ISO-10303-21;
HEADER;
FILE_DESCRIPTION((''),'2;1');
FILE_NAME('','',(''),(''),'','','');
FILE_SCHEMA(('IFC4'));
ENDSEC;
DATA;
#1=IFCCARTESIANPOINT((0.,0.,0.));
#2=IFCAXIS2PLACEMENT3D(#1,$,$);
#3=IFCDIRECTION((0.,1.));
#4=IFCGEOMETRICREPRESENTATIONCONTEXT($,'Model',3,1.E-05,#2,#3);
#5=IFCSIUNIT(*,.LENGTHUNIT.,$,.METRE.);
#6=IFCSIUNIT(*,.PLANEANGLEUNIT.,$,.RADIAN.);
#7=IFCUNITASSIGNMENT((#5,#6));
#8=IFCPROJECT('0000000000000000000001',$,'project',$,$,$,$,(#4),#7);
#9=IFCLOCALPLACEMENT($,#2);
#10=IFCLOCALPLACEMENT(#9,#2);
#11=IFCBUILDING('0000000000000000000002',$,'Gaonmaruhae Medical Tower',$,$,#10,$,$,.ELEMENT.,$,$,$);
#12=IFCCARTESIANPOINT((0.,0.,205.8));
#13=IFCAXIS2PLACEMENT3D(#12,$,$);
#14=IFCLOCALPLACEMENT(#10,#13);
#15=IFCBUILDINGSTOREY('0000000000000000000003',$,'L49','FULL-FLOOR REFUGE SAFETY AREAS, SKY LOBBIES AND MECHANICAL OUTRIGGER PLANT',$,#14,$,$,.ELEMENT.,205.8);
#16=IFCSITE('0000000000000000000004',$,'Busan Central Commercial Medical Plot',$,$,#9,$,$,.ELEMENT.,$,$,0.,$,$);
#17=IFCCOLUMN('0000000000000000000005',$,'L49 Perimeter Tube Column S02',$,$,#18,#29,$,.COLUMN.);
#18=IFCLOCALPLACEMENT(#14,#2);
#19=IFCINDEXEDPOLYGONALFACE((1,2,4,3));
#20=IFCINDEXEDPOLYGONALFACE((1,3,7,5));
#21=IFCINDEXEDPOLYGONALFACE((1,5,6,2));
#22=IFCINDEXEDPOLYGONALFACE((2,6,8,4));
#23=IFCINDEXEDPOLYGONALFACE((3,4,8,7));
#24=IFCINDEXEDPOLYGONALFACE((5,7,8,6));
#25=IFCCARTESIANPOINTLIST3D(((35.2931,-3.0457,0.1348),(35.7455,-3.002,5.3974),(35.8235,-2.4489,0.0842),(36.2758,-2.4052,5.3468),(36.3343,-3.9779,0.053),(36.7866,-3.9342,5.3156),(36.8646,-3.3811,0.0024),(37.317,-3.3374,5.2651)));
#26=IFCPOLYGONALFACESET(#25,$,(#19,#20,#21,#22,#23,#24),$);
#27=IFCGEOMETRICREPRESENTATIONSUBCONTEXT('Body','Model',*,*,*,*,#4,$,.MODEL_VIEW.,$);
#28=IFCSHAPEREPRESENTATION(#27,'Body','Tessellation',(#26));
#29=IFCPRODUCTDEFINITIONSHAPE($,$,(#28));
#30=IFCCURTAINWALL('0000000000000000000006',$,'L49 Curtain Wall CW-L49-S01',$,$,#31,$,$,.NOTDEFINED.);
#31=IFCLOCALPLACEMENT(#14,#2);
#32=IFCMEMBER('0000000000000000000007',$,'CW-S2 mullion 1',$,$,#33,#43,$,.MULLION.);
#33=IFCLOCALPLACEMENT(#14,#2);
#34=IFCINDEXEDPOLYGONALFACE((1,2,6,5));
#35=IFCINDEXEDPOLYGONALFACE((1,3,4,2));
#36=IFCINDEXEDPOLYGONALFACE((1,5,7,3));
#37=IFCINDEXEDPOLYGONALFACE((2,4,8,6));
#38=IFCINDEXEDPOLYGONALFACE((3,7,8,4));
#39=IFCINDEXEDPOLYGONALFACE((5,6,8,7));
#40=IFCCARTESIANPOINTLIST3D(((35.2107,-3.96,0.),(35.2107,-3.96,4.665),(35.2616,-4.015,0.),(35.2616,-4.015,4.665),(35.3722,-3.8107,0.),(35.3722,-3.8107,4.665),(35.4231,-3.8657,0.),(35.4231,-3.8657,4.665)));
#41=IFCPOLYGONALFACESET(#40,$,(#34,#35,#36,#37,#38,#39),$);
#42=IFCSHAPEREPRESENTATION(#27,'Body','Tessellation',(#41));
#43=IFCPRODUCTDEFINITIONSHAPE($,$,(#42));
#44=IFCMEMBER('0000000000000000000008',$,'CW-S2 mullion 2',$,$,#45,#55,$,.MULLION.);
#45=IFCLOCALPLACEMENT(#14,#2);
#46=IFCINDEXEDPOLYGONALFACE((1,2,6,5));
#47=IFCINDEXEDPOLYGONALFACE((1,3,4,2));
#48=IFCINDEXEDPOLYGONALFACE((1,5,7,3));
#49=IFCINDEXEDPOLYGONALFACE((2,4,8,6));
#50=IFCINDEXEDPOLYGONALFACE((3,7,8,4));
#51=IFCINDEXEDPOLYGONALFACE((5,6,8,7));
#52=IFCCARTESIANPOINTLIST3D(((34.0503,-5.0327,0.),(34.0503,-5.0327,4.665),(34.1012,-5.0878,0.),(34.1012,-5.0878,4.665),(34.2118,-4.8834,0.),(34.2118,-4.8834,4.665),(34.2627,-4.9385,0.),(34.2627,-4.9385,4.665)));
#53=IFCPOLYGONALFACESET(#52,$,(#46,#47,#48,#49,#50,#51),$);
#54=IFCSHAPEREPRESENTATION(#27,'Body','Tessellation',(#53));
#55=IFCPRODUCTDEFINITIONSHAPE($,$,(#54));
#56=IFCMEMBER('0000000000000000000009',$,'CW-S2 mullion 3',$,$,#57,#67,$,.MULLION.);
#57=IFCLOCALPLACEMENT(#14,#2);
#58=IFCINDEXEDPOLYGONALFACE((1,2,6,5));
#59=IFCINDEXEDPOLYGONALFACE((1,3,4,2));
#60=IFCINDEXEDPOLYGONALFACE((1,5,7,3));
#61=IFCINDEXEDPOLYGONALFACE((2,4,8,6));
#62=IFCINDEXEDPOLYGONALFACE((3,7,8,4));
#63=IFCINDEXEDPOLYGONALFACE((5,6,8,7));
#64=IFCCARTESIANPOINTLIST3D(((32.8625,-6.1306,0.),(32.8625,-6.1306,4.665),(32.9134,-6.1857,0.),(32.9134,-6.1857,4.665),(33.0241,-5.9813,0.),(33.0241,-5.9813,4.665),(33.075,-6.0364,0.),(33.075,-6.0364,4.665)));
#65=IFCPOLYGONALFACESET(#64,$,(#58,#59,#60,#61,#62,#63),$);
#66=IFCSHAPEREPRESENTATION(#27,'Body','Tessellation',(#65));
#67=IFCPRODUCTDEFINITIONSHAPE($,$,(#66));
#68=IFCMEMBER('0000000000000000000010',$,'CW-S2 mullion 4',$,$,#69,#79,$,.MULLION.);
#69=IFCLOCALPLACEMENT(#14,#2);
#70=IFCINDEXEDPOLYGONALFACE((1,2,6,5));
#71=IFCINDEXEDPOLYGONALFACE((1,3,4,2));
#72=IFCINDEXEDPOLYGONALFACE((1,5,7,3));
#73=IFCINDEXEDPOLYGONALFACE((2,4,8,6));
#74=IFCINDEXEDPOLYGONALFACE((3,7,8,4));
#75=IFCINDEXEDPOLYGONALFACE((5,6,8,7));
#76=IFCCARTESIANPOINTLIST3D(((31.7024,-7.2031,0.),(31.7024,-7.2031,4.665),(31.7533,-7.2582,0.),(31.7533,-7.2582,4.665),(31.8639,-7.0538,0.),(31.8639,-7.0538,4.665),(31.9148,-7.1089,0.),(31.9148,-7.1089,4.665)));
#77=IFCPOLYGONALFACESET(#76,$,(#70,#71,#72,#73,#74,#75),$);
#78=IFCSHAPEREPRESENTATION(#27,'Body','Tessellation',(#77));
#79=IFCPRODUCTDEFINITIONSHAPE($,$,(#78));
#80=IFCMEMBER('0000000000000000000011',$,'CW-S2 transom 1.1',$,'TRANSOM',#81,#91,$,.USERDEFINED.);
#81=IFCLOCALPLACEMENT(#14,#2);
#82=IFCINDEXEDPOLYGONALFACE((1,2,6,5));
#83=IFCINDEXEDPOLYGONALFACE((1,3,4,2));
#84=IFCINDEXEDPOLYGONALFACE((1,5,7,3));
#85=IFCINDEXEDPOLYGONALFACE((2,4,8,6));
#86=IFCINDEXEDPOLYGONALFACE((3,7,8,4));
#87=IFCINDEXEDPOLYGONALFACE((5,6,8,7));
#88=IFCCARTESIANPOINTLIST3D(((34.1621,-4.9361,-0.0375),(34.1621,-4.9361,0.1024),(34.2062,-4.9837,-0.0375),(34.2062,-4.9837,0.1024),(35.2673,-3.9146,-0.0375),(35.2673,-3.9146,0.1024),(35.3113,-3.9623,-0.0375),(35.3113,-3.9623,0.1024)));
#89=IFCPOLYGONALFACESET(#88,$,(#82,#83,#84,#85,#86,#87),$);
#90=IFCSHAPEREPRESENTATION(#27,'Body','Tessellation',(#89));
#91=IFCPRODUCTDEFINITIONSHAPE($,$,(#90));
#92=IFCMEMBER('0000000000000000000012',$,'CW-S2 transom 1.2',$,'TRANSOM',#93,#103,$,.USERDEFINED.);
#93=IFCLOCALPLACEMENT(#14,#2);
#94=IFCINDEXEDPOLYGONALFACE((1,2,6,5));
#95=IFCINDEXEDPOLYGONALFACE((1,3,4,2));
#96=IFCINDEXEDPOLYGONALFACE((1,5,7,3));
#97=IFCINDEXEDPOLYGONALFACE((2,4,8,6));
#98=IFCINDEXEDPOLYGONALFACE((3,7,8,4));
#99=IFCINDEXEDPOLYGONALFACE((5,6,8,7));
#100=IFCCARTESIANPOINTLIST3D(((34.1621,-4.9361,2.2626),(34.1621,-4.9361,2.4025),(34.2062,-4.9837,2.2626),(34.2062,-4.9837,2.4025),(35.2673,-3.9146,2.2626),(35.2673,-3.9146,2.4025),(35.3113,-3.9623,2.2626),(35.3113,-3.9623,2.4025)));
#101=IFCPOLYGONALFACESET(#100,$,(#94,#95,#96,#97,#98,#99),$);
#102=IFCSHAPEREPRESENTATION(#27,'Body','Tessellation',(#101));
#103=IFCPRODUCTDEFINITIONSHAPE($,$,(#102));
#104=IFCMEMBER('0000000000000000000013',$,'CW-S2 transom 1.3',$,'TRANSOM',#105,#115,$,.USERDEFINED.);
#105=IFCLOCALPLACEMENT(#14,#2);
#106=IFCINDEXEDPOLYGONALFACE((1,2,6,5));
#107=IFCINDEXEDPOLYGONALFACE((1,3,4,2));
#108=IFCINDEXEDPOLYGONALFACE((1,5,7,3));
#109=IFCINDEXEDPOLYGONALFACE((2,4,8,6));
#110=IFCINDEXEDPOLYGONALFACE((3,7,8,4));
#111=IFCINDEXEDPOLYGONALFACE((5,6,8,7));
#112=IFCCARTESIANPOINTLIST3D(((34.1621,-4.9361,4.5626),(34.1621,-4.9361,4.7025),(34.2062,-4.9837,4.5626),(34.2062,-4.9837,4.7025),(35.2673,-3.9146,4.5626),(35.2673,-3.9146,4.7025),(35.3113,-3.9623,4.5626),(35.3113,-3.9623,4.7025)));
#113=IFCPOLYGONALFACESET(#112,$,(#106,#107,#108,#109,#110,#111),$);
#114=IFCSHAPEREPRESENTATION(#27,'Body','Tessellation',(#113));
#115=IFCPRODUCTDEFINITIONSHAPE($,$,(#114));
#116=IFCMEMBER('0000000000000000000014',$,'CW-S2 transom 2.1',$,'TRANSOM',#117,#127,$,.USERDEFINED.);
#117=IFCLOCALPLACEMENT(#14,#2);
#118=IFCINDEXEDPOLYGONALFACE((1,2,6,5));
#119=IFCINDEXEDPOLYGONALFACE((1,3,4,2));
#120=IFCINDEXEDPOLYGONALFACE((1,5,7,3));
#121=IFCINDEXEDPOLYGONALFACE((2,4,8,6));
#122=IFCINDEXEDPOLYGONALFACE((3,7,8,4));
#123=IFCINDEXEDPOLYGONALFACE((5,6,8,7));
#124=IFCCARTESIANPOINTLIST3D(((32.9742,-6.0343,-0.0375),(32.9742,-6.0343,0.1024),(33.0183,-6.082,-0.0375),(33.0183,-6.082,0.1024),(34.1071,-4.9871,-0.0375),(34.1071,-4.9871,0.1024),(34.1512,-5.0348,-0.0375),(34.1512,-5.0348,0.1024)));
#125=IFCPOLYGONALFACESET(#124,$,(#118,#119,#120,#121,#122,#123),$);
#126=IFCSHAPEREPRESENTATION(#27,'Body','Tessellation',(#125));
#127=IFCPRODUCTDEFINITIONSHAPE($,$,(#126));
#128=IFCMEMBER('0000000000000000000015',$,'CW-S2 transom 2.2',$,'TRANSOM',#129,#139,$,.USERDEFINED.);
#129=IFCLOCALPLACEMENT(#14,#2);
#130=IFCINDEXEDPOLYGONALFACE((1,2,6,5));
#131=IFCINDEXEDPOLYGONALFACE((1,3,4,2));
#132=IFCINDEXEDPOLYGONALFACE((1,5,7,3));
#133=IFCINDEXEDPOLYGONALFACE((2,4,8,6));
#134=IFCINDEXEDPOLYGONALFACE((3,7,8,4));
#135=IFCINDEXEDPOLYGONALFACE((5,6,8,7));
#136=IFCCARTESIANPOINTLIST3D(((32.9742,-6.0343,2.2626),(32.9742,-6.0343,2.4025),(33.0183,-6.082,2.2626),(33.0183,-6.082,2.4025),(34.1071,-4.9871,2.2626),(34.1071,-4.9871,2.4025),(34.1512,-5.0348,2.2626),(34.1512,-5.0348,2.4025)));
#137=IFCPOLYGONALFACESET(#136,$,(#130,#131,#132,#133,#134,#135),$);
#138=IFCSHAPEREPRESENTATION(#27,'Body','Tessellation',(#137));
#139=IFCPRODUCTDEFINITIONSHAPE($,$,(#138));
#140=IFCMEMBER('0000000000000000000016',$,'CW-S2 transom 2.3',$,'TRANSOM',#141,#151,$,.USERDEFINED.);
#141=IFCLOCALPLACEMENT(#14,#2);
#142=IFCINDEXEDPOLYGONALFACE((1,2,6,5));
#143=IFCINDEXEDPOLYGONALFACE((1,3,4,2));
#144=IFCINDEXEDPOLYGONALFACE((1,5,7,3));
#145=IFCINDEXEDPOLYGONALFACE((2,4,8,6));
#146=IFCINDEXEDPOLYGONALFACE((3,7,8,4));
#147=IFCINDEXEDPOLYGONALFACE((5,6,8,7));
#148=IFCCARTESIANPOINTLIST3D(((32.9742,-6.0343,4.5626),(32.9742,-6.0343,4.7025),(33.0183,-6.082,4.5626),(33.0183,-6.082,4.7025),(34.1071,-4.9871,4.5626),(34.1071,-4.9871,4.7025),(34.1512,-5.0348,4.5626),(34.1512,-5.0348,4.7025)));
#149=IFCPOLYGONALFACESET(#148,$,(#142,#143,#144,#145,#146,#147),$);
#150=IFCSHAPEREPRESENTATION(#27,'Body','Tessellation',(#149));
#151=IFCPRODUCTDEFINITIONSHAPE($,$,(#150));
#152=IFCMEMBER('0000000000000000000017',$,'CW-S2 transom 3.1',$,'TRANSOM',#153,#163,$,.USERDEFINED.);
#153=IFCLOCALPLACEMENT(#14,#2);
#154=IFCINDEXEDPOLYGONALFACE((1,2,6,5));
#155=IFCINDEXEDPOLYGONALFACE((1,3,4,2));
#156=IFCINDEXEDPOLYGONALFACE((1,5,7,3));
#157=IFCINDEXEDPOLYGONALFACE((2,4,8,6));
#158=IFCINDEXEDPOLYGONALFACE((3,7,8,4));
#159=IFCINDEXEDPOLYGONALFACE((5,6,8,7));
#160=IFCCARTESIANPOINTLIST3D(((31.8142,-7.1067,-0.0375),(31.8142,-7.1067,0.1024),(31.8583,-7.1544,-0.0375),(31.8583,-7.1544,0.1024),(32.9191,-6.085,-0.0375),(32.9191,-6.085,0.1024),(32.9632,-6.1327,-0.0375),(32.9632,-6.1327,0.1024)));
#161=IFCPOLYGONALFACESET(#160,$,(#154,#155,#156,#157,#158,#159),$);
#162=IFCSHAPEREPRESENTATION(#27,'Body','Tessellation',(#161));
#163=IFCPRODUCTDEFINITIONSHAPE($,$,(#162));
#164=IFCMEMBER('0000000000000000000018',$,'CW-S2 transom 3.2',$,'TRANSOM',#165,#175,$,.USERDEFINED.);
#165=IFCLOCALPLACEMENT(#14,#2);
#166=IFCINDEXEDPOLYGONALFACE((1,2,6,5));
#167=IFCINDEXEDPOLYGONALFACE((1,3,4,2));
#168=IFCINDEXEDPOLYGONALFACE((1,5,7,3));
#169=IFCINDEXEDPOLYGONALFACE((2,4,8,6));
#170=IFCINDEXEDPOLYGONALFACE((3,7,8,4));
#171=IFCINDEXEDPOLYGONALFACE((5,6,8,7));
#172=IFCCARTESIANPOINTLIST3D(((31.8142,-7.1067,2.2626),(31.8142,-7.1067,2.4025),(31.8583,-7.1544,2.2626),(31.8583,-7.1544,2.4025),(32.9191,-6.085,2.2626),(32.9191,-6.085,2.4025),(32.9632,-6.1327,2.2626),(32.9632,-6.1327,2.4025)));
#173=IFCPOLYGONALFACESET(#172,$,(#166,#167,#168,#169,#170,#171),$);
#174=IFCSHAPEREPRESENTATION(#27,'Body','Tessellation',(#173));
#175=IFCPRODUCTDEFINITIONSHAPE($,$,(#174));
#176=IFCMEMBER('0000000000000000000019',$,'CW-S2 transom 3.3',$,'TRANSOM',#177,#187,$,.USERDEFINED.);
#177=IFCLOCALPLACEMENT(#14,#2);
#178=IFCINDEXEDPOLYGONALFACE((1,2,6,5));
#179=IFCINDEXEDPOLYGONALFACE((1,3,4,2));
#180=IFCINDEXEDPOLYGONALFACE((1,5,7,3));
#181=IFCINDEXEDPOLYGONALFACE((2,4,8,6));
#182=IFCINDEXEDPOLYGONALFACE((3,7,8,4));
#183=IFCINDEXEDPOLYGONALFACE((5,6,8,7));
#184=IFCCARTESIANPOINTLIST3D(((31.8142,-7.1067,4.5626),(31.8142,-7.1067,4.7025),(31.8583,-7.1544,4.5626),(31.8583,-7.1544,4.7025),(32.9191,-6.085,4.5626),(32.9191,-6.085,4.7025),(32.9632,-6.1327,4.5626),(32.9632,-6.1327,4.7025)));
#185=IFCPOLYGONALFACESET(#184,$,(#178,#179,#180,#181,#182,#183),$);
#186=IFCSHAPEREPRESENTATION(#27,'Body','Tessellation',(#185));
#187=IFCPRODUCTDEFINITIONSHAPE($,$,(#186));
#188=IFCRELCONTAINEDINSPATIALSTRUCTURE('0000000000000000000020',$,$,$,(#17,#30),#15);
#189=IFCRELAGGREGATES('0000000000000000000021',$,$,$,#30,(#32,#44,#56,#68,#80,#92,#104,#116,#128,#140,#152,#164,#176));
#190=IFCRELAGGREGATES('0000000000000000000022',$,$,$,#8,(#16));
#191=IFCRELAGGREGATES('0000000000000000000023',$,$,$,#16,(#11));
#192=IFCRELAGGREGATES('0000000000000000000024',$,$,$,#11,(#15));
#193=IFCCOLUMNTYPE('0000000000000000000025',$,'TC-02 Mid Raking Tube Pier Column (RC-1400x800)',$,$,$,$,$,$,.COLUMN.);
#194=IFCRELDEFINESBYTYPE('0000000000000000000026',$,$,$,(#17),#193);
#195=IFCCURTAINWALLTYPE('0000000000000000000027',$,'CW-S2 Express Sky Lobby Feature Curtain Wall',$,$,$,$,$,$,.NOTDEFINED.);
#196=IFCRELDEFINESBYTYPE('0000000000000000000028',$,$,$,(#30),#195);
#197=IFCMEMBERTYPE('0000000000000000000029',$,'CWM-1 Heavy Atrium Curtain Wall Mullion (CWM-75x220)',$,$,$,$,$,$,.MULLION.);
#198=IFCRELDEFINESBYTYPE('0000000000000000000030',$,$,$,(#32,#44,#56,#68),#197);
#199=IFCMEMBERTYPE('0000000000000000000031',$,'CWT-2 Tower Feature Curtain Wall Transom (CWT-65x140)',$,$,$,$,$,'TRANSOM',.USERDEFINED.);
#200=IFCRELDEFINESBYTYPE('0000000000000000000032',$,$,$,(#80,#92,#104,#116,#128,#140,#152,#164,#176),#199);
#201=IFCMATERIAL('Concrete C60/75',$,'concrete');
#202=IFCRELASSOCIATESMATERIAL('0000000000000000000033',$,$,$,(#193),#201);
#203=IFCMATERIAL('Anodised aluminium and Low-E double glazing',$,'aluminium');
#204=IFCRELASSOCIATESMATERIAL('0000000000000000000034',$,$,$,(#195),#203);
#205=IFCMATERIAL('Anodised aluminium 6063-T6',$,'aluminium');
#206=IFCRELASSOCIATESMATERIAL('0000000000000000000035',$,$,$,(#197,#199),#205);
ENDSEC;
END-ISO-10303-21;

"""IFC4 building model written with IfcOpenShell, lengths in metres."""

from ifc_helpers import new_model, si_unit, direction, frame, origin, origin_2d, place, context, subcontext, project, spatial, rectangle, extrude, material, material_profile, profile_set, type_object, element, aggregate, save


model = new_model("IFC4")

# Units and contexts
model_context = context("Model", 3, precision=1e-05, world=origin(), true_north=direction((0.0, 1.0)))
body_context = subcontext(model_context, "Body", "Model", "MODEL_VIEW")
ifc_project = project(units=[si_unit("LENGTHUNIT", "METRE"), si_unit("PLANEANGLEUNIT", "RADIAN")], contexts=[model_context])

# Site, building, storey
site_placement = place(None, origin())
site = spatial("IfcSite", under=ifc_project, at=site_placement, Name="Busan Central Commercial Medical Plot", CompositionType="ELEMENT", RefElevation=0.0)
building_placement = place(site_placement, origin())
building = spatial("IfcBuilding", under=site, at=building_placement, Name="Gaonmaruhae Medical Tower", CompositionType="ELEMENT")
storey_placement = place(building_placement, frame((0.0, 0.0, 205.8)))
storey = spatial("IfcBuildingStorey", under=building, at=storey_placement, Name="L49", Description="FULL-FLOOR REFUGE SAFETY AREAS, SKY LOBBIES AND MECHANICAL OUTRIGGER PLANT", CompositionType="ELEMENT", Elevation=205.8)

# Column
ifc_material_1 = material(Name="Concrete C60/75", Category="concrete")
ifc_material_profile_1 = material_profile(ifc_material_1, rectangle(XDim=1.3999, YDim=0.8, at=origin_2d()), Name="RC-1400x800")
ifc_profile_set_1 = profile_set([ifc_material_profile_1], Name="Concrete C60/75")
column_type = type_object("IfcColumnType", Name="TC-02 Mid Raking Tube Pier Column (RC-1400x800)", PredefinedType="COLUMN", material=ifc_profile_set_1)
column_placement = place(storey_placement, frame((36.0789, -3.2134, 0.0686), z_axis=(0.085643, 0.008273, 0.996292), x_axis=(-0.743757, 0.665894, 0.058405)))
element("IfcColumn", 1, at=column_placement, inside=storey, type_object=column_type, Name="L49 Perimeter Tube Column S02", PredefinedType="COLUMN", context=body_context, shape_type="SweptSolid", body=[
    extrude(rectangle(XDim=1.3999, YDim=0.8, at=origin_2d()), origin(), (0.0, 0.0, 1.0), 5.2822),
])

# Curtain wall, members
ifc_material_2 = material(Name="Anodised aluminium and Low-E double glazing", Category="aluminium")
curtain_wall_type = type_object("IfcCurtainWallType", Name="CW-S2 Express Sky Lobby Feature Curtain Wall", PredefinedType="NOTDEFINED", material=ifc_material_2)
curtain_wall_placement = place(storey_placement, origin())
curtain_wall = element("IfcCurtainWall", 2, at=curtain_wall_placement, inside=storey, type_object=curtain_wall_type, Name="L49 Curtain Wall CW-L49-S01", PredefinedType="NOTDEFINED")
ifc_material_3 = material(Name="Anodised aluminium 6063-T6", Category="aluminium")
ifc_material_profile_2 = material_profile(ifc_material_3, rectangle(XDim=0.075, YDim=0.22, at=origin_2d()), Name="CWM-75x220")
ifc_profile_set_2 = profile_set([ifc_material_profile_2], Name="Anodised aluminium 6063-T6")
member_type_1 = type_object("IfcMemberType", Name="CWM-1 Heavy Atrium Curtain Wall Mullion (CWM-75x220)", PredefinedType="MULLION", material=ifc_profile_set_2)
member_1_placement = place(storey_placement, frame((35.3169, -3.9128, 0.0), z_axis=(0.0, 0.0, 1.0), x_axis=(0.678804, -0.73432, 0.0)))
member_1 = element("IfcMember", 3, at=member_1_placement, type_object=member_type_1, Name="CW-S2 mullion 1", PredefinedType="MULLION", context=body_context, shape_type="SweptSolid", body=[
    extrude(rectangle(XDim=0.075, YDim=0.22, at=origin_2d()), origin(), (0.0, 0.0, 1.0), 4.665),
])
member_2_placement = place(storey_placement, frame((34.1565, -4.9856, 0.0), z_axis=(0.0, 0.0, 1.0), x_axis=(0.678804, -0.73432, 0.0)))
member_2 = element("IfcMember", 4, at=member_2_placement, type_object=member_type_1, Name="CW-S2 mullion 2", PredefinedType="MULLION", context=body_context, shape_type="SweptSolid", body=[
    extrude(rectangle(XDim=0.075, YDim=0.22, at=origin_2d()), origin(), (0.0, 0.0, 1.0), 4.665),
])
member_3_placement = place(storey_placement, frame((32.9688, -6.0835, 0.0), z_axis=(0.0, 0.0, 1.0), x_axis=(0.678804, -0.73432, 0.0)))
member_3 = element("IfcMember", 5, at=member_3_placement, type_object=member_type_1, Name="CW-S2 mullion 3", PredefinedType="MULLION", context=body_context, shape_type="SweptSolid", body=[
    extrude(rectangle(XDim=0.075, YDim=0.22, at=origin_2d()), origin(), (0.0, 0.0, 1.0), 4.665),
])
member_4_placement = place(storey_placement, frame((31.8086, -7.156, 0.0), z_axis=(0.0, 0.0, 1.0), x_axis=(0.678804, -0.73432, 0.0)))
member_4 = element("IfcMember", 6, at=member_4_placement, type_object=member_type_1, Name="CW-S2 mullion 4", PredefinedType="MULLION", context=body_context, shape_type="SweptSolid", body=[
    extrude(rectangle(XDim=0.075, YDim=0.22, at=origin_2d()), origin(), (0.0, 0.0, 1.0), 4.665),
])
ifc_material_profile_3 = material_profile(ifc_material_3, rectangle(XDim=0.0649, YDim=0.1399, at=origin_2d()), Name="CWT-65x140")
ifc_profile_set_3 = profile_set([ifc_material_profile_3], Name="Anodised aluminium 6063-T6")
member_type_2 = type_object("IfcMemberType", Name="CWT-2 Tower Feature Curtain Wall Transom (CWT-65x140)", ElementType="TRANSOM", PredefinedType="USERDEFINED", material=ifc_profile_set_3)
member_5_placement = place(storey_placement, frame((35.2893, -3.9385, 0.0325), z_axis=(-0.73438, -0.678738, 0.0), x_axis=(0.678738, -0.73438, 0.0)))
member_5 = element("IfcMember", 7, at=member_5_placement, type_object=member_type_2, Name="CW-S2 transom 1.1", ObjectType="TRANSOM", PredefinedType="USERDEFINED", context=body_context, shape_type="SweptSolid", body=[
    extrude(rectangle(XDim=0.0649, YDim=0.1399, at=origin_2d()), origin(), (0.0, 0.0, 1.0), 1.5049),
])
member_6_placement = place(storey_placement, frame((35.2893, -3.9385, 2.3325), z_axis=(-0.73438, -0.678738, 0.0), x_axis=(0.678738, -0.73438, 0.0)))
member_6 = element("IfcMember", 8, at=member_6_placement, type_object=member_type_2, Name="CW-S2 transom 1.2", ObjectType="TRANSOM", PredefinedType="USERDEFINED", context=body_context, shape_type="SweptSolid", body=[
    extrude(rectangle(XDim=0.0649, YDim=0.1399, at=origin_2d()), origin(), (0.0, 0.0, 1.0), 1.5049),
])
member_7_placement = place(storey_placement, frame((35.2893, -3.9385, 4.6326), z_axis=(-0.73438, -0.678738, 0.0), x_axis=(0.678738, -0.73438, 0.0)))
member_7 = element("IfcMember", 9, at=member_7_placement, type_object=member_type_2, Name="CW-S2 transom 1.3", ObjectType="TRANSOM", PredefinedType="USERDEFINED", context=body_context, shape_type="SweptSolid", body=[
    extrude(rectangle(XDim=0.0649, YDim=0.1399, at=origin_2d()), origin(), (0.0, 0.0, 1.0), 1.5049),
])
member_8_placement = place(storey_placement, frame((34.1292, -5.011, 0.0325), z_axis=(-0.734336, -0.678786, 0.0), x_axis=(0.678786, -0.734336, 0.0)))
member_8 = element("IfcMember", 10, at=member_8_placement, type_object=member_type_2, Name="CW-S2 transom 2.1", ObjectType="TRANSOM", PredefinedType="USERDEFINED", context=body_context, shape_type="SweptSolid", body=[
    extrude(rectangle(XDim=0.0649, YDim=0.1399, at=origin_2d()), origin(), (0.0, 0.0, 1.0), 1.5427),
])
member_9_placement = place(storey_placement, frame((34.1292, -5.011, 2.3325), z_axis=(-0.734336, -0.678786, 0.0), x_axis=(0.678786, -0.734336, 0.0)))
member_9 = element("IfcMember", 11, at=member_9_placement, type_object=member_type_2, Name="CW-S2 transom 2.2", ObjectType="TRANSOM", PredefinedType="USERDEFINED", context=body_context, shape_type="SweptSolid", body=[
    extrude(rectangle(XDim=0.0649, YDim=0.1399, at=origin_2d()), origin(), (0.0, 0.0, 1.0), 1.5427),
])
member_10_placement = place(storey_placement, frame((34.1292, -5.011, 4.6326), z_axis=(-0.734336, -0.678786, 0.0), x_axis=(0.678786, -0.734336, 0.0)))
member_10 = element("IfcMember", 12, at=member_10_placement, type_object=member_type_2, Name="CW-S2 transom 2.3", ObjectType="TRANSOM", PredefinedType="USERDEFINED", context=body_context, shape_type="SweptSolid", body=[
    extrude(rectangle(XDim=0.0649, YDim=0.1399, at=origin_2d()), origin(), (0.0, 0.0, 1.0), 1.5427),
])
member_11_placement = place(storey_placement, frame((32.9412, -6.1089, 0.0325), z_axis=(-0.734225, -0.678906, 0.0), x_axis=(0.678906, -0.734225, 0.0)))
member_11 = element("IfcMember", 13, at=member_11_placement, type_object=member_type_2, Name="CW-S2 transom 3.1", ObjectType="TRANSOM", PredefinedType="USERDEFINED", context=body_context, shape_type="SweptSolid", body=[
    extrude(rectangle(XDim=0.0649, YDim=0.1399, at=origin_2d()), origin(), (0.0, 0.0, 1.0), 1.5049),
])
member_12_placement = place(storey_placement, frame((32.9412, -6.1089, 2.3325), z_axis=(-0.734225, -0.678906, 0.0), x_axis=(0.678906, -0.734225, 0.0)))
member_12 = element("IfcMember", 14, at=member_12_placement, type_object=member_type_2, Name="CW-S2 transom 3.2", ObjectType="TRANSOM", PredefinedType="USERDEFINED", context=body_context, shape_type="SweptSolid", body=[
    extrude(rectangle(XDim=0.0649, YDim=0.1399, at=origin_2d()), origin(), (0.0, 0.0, 1.0), 1.5049),
])
member_13_placement = place(storey_placement, frame((32.9412, -6.1089, 4.6326), z_axis=(-0.734225, -0.678906, 0.0), x_axis=(0.678906, -0.734225, 0.0)))
member_13 = element("IfcMember", 15, at=member_13_placement, type_object=member_type_2, Name="CW-S2 transom 3.3", ObjectType="TRANSOM", PredefinedType="USERDEFINED", context=body_context, shape_type="SweptSolid", body=[
    extrude(rectangle(XDim=0.0649, YDim=0.1399, at=origin_2d()), origin(), (0.0, 0.0, 1.0), 1.5049),
])
aggregate(curtain_wall, [member_1, member_2, member_3, member_4, member_5, member_6, member_7, member_8, member_9, member_10, member_11, member_12, member_13])

save(model, "model.ifc")
